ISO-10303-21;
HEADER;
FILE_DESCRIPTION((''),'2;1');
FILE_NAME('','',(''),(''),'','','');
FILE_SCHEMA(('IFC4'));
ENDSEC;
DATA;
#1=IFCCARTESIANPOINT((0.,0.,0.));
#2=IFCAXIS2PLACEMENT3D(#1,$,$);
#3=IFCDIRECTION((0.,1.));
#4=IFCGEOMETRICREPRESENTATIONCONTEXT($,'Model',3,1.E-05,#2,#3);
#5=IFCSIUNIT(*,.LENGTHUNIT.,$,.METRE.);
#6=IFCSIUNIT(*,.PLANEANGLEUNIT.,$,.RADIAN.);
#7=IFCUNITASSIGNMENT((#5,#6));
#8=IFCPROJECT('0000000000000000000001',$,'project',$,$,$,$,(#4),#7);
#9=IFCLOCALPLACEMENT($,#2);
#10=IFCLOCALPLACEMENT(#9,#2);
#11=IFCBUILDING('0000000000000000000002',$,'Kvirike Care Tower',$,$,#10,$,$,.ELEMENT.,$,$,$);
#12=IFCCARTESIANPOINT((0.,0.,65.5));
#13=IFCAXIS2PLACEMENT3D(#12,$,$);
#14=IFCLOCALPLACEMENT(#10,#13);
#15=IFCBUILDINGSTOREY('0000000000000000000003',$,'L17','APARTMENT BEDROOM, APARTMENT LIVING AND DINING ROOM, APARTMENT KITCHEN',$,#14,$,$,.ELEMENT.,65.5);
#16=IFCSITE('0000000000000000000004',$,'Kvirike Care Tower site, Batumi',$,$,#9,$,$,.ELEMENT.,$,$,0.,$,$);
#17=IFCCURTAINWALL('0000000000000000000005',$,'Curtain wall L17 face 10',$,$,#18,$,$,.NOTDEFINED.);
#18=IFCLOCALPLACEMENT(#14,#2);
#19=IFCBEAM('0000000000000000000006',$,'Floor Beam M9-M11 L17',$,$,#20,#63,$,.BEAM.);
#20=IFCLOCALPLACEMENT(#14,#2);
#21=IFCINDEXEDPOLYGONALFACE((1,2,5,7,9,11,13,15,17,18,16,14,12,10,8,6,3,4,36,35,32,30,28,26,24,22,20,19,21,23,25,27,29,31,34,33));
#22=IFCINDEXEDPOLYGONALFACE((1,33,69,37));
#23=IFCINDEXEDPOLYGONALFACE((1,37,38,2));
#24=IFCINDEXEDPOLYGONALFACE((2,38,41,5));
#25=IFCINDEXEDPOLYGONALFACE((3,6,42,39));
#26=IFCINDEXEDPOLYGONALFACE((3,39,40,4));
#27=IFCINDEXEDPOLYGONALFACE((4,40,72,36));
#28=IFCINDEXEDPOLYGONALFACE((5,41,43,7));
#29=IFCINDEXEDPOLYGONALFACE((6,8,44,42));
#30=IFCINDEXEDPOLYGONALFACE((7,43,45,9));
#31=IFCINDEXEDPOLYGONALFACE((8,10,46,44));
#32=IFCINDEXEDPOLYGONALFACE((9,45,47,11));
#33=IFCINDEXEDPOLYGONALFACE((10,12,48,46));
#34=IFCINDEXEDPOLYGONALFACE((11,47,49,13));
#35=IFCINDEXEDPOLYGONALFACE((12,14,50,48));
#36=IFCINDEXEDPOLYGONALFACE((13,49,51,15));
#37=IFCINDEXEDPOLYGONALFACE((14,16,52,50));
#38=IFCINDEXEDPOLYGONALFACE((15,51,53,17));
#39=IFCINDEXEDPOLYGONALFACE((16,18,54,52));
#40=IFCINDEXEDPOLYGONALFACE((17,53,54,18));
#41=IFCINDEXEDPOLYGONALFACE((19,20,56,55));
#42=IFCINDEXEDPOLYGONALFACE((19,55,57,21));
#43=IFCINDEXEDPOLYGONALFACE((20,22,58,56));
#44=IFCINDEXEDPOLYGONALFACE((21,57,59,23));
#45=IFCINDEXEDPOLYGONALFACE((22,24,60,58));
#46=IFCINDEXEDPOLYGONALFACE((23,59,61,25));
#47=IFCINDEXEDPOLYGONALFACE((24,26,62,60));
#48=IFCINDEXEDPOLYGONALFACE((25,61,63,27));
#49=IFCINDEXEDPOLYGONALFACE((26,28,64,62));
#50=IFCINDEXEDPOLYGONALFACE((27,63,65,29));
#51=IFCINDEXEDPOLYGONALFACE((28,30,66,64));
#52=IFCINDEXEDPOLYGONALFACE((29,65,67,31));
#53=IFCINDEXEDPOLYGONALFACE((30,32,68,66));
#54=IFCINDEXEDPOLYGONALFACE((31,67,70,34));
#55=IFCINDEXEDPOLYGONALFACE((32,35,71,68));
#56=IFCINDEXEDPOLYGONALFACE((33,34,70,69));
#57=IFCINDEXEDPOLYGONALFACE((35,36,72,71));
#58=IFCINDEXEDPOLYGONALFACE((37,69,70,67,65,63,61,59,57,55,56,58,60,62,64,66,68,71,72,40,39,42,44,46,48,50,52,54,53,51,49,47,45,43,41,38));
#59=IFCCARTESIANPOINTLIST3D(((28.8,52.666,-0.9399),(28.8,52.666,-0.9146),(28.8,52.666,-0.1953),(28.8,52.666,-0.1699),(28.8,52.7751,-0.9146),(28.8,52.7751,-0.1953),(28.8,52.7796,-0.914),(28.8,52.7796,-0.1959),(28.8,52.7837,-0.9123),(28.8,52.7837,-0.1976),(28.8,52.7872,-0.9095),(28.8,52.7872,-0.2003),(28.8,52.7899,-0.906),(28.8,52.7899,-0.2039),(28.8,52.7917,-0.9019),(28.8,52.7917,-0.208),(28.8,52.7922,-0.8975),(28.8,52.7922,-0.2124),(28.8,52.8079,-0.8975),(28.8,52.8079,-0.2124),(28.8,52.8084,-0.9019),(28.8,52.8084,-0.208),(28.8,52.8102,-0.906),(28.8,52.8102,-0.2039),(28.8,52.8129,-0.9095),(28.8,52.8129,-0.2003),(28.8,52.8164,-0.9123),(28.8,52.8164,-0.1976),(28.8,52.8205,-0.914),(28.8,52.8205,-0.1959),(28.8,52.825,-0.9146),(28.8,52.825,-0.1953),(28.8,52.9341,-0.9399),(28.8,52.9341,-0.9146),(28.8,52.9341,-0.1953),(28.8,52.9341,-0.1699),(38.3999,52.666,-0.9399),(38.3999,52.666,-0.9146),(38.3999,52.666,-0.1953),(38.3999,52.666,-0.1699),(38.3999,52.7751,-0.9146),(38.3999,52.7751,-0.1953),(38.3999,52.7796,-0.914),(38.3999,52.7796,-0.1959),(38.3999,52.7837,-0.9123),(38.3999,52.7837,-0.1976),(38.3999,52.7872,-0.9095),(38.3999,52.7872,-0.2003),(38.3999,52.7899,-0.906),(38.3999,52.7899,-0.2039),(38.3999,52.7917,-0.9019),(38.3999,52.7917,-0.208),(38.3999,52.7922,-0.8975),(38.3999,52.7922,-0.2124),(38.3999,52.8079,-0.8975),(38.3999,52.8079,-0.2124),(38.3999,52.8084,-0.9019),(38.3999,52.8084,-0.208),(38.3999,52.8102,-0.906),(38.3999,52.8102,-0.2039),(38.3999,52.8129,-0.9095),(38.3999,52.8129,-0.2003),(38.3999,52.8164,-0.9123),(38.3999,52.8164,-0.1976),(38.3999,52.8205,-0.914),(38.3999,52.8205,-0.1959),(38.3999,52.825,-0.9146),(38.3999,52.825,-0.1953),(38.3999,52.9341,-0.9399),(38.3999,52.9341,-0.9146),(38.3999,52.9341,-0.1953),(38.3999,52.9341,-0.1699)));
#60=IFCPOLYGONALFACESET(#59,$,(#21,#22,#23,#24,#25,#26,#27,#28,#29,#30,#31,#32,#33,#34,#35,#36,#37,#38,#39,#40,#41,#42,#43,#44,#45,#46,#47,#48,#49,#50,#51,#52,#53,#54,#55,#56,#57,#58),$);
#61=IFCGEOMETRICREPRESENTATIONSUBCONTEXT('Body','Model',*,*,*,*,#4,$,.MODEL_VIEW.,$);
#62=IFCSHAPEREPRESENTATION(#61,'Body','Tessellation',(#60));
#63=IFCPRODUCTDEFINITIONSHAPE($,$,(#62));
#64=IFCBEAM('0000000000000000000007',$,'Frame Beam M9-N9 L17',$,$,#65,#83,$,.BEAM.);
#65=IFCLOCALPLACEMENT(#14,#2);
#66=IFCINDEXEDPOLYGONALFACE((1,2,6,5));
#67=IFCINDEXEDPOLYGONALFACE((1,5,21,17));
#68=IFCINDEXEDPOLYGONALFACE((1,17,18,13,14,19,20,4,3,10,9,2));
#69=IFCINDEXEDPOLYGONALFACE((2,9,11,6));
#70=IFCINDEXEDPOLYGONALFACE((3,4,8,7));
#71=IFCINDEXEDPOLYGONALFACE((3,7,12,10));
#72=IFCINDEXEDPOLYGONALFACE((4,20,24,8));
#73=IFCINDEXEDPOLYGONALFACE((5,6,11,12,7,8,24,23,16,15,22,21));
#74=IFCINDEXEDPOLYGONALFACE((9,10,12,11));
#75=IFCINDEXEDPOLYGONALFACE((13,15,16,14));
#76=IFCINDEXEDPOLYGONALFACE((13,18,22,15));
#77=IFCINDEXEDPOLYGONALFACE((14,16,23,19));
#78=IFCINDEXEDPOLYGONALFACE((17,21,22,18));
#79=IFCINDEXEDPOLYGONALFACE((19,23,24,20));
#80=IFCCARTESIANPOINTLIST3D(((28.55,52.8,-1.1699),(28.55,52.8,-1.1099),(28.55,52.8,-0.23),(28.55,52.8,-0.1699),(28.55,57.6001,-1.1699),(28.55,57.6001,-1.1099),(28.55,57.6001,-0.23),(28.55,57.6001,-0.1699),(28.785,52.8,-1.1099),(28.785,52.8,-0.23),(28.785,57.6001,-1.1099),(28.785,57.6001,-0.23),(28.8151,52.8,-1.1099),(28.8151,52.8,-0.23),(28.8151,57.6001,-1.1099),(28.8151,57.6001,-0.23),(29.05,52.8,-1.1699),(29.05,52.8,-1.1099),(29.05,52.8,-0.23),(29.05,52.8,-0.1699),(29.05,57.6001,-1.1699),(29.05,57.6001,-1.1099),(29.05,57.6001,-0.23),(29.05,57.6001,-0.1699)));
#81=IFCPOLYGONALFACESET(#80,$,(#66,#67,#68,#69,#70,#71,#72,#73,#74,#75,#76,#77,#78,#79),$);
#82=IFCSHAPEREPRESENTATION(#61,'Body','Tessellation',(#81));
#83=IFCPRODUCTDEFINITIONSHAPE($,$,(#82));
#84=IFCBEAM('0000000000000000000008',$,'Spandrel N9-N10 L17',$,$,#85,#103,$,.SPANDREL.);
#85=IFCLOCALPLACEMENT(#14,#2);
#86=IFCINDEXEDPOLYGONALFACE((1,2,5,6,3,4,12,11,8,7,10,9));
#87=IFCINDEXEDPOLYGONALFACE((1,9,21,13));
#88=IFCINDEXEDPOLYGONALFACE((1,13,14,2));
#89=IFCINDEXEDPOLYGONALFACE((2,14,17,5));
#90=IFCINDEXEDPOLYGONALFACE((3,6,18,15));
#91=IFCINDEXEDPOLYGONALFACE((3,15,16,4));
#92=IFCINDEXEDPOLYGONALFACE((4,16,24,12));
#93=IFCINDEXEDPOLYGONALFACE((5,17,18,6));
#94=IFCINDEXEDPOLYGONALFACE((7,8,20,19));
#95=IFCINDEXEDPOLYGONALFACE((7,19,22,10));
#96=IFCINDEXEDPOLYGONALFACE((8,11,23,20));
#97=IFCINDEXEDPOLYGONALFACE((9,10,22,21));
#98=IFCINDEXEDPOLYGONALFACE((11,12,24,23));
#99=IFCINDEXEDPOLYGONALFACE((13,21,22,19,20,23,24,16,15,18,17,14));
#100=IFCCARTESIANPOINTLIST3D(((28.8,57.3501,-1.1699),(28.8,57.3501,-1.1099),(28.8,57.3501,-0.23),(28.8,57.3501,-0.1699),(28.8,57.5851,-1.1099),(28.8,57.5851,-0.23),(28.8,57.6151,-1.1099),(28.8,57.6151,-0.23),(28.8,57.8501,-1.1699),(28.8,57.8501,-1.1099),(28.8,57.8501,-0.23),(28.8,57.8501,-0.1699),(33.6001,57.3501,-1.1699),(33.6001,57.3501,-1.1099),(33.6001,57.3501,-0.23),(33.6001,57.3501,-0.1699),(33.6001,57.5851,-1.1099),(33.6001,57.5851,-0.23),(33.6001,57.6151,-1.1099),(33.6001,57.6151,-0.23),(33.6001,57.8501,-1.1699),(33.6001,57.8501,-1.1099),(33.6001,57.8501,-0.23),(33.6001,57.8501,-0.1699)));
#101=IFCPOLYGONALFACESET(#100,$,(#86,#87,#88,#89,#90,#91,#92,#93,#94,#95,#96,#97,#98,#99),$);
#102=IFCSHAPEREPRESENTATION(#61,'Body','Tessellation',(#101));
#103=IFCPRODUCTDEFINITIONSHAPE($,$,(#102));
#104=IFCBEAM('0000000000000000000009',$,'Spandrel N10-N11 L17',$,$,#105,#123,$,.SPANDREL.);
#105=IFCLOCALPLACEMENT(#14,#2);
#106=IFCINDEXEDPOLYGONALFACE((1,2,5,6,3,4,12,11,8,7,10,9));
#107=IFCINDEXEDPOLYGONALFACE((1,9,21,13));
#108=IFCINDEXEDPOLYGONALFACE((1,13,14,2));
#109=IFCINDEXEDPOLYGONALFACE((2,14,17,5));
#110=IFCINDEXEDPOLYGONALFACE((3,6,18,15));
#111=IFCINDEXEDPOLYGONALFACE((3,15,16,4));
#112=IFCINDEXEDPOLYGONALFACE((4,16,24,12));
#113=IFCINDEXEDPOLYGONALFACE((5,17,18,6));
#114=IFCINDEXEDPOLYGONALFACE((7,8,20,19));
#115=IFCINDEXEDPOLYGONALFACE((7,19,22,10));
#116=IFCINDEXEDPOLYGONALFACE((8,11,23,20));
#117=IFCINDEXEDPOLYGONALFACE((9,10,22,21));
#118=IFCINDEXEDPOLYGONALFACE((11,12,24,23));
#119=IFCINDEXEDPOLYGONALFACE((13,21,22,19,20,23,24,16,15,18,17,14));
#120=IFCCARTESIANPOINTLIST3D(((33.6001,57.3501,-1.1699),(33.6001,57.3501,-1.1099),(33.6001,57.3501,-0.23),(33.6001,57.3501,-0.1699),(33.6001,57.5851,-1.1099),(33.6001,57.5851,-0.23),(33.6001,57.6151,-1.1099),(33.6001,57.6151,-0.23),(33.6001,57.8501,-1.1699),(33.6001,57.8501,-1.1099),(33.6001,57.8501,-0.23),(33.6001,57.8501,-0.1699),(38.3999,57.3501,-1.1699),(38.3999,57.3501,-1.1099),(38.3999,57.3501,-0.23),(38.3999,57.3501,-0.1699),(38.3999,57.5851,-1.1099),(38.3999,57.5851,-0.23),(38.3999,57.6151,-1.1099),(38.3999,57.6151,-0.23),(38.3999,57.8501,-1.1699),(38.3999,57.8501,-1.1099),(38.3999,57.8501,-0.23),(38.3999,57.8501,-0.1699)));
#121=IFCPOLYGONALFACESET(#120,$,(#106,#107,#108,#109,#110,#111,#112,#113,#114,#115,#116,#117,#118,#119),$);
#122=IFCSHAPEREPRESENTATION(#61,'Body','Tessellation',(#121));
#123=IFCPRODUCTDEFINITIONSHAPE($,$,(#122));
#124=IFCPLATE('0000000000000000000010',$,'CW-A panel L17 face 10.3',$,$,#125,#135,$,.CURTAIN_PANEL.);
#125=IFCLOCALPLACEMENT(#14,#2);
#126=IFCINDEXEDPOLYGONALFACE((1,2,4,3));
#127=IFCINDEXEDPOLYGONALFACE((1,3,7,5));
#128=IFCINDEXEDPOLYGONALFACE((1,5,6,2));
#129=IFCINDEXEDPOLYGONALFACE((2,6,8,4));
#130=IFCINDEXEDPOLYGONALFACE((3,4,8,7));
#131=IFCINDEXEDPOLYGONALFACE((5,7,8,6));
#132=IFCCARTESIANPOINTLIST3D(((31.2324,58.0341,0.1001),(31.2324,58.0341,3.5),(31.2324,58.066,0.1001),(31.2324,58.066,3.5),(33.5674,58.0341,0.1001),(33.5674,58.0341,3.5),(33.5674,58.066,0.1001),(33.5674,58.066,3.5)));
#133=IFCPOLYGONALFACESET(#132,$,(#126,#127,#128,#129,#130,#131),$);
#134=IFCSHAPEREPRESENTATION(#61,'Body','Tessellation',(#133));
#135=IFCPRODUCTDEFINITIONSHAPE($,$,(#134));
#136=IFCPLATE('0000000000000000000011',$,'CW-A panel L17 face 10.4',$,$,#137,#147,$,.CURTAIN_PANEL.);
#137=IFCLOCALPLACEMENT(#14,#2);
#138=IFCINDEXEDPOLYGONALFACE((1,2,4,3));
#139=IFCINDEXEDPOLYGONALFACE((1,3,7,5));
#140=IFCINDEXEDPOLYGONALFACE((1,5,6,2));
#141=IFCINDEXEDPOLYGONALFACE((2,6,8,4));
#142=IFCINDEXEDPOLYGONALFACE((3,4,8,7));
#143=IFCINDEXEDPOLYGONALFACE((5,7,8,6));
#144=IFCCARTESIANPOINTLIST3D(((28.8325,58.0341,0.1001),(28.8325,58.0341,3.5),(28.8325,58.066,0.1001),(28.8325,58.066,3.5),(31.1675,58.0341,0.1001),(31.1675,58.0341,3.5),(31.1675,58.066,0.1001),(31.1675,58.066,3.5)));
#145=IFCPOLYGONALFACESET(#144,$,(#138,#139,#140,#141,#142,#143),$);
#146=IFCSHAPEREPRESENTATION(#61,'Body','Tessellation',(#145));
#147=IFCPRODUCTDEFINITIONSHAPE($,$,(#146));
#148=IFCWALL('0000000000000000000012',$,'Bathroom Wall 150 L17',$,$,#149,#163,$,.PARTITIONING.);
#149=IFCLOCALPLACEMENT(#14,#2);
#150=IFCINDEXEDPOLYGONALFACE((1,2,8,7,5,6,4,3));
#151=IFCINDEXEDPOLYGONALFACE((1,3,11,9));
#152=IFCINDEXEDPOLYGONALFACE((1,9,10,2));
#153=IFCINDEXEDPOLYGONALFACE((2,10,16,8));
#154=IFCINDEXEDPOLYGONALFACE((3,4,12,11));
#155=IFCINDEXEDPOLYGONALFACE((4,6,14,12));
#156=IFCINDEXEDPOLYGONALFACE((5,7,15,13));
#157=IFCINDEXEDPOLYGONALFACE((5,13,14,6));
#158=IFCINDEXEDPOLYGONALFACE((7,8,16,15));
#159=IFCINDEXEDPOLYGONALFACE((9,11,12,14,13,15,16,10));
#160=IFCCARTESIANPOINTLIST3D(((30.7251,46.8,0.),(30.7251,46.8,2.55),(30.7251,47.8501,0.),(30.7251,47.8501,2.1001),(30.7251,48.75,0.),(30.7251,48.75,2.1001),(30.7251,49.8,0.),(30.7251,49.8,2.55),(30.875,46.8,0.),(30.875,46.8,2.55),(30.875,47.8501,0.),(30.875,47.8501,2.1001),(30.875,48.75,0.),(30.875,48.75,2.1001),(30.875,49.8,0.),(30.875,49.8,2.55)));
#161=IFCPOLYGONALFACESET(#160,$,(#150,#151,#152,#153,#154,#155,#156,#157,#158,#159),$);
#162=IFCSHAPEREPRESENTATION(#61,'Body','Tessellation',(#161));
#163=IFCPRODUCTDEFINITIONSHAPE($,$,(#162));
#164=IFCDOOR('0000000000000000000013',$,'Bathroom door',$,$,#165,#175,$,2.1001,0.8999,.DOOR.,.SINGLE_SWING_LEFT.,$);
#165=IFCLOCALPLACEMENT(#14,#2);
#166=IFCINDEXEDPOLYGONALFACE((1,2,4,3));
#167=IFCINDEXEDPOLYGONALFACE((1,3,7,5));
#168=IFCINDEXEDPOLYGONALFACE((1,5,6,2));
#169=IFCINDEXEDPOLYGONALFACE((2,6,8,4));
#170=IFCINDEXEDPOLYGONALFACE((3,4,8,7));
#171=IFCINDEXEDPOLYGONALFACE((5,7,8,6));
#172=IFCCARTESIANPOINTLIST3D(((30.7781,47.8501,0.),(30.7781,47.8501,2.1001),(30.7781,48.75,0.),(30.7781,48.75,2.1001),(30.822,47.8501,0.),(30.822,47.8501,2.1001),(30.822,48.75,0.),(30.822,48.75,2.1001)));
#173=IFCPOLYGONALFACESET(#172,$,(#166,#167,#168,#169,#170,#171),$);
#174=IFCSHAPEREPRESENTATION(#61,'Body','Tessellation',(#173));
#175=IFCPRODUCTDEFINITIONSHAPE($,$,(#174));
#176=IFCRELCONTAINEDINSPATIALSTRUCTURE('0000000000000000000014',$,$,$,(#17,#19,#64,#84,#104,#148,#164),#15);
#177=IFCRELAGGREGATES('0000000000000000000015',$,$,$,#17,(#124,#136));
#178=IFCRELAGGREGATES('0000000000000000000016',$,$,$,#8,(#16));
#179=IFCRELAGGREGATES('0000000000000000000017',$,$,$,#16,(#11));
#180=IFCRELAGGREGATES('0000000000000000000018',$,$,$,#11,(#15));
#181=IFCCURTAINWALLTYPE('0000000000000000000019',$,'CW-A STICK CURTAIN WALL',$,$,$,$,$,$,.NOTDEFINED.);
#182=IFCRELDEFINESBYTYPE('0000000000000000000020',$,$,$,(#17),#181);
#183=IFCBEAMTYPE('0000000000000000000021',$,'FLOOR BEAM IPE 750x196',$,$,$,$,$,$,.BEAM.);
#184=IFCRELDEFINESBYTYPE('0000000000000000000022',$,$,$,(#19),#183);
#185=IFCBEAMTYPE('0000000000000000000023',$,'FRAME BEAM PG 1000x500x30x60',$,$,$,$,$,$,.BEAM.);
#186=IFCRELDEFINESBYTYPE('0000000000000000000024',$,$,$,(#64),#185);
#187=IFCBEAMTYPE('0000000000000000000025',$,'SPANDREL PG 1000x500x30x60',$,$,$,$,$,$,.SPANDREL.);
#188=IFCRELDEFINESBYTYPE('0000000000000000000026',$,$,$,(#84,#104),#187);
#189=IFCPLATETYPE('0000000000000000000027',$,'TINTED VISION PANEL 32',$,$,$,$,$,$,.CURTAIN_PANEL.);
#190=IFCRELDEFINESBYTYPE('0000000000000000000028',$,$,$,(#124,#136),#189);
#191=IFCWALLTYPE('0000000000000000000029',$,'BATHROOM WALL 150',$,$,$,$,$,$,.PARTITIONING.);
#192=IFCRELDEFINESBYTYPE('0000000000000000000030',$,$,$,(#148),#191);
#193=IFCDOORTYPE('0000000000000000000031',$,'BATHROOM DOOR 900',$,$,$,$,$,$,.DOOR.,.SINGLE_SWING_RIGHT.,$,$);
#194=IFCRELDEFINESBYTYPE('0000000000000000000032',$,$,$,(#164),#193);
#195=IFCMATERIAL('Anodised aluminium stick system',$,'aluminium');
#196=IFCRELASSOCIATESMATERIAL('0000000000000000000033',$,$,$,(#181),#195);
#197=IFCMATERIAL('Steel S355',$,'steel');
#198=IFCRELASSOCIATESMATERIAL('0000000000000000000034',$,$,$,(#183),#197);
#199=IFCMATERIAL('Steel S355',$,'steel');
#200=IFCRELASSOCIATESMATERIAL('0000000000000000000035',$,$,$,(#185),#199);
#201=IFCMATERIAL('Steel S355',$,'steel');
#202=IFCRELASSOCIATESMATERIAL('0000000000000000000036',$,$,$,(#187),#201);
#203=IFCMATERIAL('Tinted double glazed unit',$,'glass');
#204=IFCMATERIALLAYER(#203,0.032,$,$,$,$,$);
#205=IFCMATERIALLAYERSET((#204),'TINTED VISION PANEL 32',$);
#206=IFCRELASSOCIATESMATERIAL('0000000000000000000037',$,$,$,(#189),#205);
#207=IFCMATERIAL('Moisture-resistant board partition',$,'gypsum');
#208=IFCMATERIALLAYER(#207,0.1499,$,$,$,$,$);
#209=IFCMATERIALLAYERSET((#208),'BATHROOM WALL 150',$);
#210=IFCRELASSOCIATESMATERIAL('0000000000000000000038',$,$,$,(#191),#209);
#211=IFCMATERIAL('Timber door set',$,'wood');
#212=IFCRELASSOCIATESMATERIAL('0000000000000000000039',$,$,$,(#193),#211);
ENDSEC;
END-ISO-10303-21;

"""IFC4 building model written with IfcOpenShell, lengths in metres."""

from ifc_helpers import new_model, si_unit, direction, frame, frame_2d, origin, origin_2d, place, context, subcontext, project, spatial, rectangle, i_section, extrude, material, layer, layer_set, material_profile, profile_set, type_object, element, fill, aggregate, save


model = new_model("IFC4")

# Units and contexts
model_context = context("Model", 3, precision=1e-05, world=origin(), true_north=direction((0.0, 1.0)))
body_context = subcontext(model_context, "Body", "Model", "MODEL_VIEW")
ifc_project = project(units=[si_unit("LENGTHUNIT", "METRE"), si_unit("PLANEANGLEUNIT", "RADIAN")], contexts=[model_context])

# Site, building, storey
site_placement = place(None, origin())
site = spatial("IfcSite", under=ifc_project, at=site_placement, Name="Kvirike Care Tower site, Batumi", CompositionType="ELEMENT", RefElevation=0.0)
building_placement = place(site_placement, origin())
building = spatial("IfcBuilding", under=site, at=building_placement, Name="Kvirike Care Tower", CompositionType="ELEMENT")
storey_placement = place(building_placement, frame((0.0, 0.0, 65.5)))
storey = spatial("IfcBuildingStorey", under=building, at=storey_placement, Name="L17", Description="APARTMENT BEDROOM, APARTMENT LIVING AND DINING ROOM, APARTMENT KITCHEN", CompositionType="ELEMENT", Elevation=65.5)

# Curtain wall
ifc_material_1 = material(Name="Anodised aluminium stick system", Category="aluminium")
curtain_wall_type = type_object("IfcCurtainWallType", Name="CW-A STICK CURTAIN WALL", PredefinedType="NOTDEFINED", material=ifc_material_1)
curtain_wall_placement = place(storey_placement, origin())
curtain_wall = element("IfcCurtainWall", 1, at=curtain_wall_placement, inside=storey, type_object=curtain_wall_type, Name="Curtain wall L17 face 10", PredefinedType="NOTDEFINED")

# Beams
ifc_material_2 = material(Name="Steel S355", Category="steel")
ifc_material_profile_1 = material_profile(ifc_material_2, i_section(OverallWidth=0.2681, OverallDepth=0.77, WebThickness=0.0156, FlangeThickness=0.0254, FilletRadius=0.0171, at=origin_2d()), Name="IPE 750x196")
ifc_profile_set_1 = profile_set([ifc_material_profile_1], Name="Steel S355")
beam_type_1 = type_object("IfcBeamType", Name="FLOOR BEAM IPE 750x196", PredefinedType="BEAM", material=ifc_profile_set_1)
beam_1_placement = place(storey_placement, frame((28.8, 52.8, -0.5549), z_axis=(1.0, 0.0, 0.0), x_axis=(0.0, 1.0, 0.0)))
element("IfcBeam", 2, at=beam_1_placement, inside=storey, type_object=beam_type_1, Name="Floor Beam M9-M11 L17", PredefinedType="BEAM", context=body_context, shape_type="SweptSolid", body=[
    extrude(i_section(OverallWidth=0.2681, OverallDepth=0.77, WebThickness=0.0156, FlangeThickness=0.0254, FilletRadius=0.0171, at=origin_2d()), origin(), (0.0, 0.0, 1.0), 9.5999),
])
ifc_material_3 = material(Name="Steel S355", Category="steel")
ifc_material_profile_2 = material_profile(ifc_material_3, i_section(OverallWidth=0.5, OverallDepth=1.0, WebThickness=0.03, FlangeThickness=0.0601, at=origin_2d()), Name="PG 1000x500x30x60")
ifc_profile_set_2 = profile_set([ifc_material_profile_2], Name="Steel S355")
beam_type_2 = type_object("IfcBeamType", Name="FRAME BEAM PG 1000x500x30x60", PredefinedType="BEAM", material=ifc_profile_set_2)
beam_2_placement = place(storey_placement, frame((28.8, 52.8, -0.6699), z_axis=(0.0, 1.0, 0.0), x_axis=(-1.0, 0.0, 0.0)))
element("IfcBeam", 3, at=beam_2_placement, inside=storey, type_object=beam_type_2, Name="Frame Beam M9-N9 L17", PredefinedType="BEAM", context=body_context, shape_type="SweptSolid", body=[
    extrude(i_section(OverallWidth=0.5, OverallDepth=1.0, WebThickness=0.03, FlangeThickness=0.0601, at=origin_2d()), origin(), (0.0, 0.0, 1.0), 4.8),
])
ifc_material_4 = material(Name="Steel S355", Category="steel")
ifc_material_profile_3 = material_profile(ifc_material_4, i_section(OverallWidth=0.5, OverallDepth=1.0, WebThickness=0.03, FlangeThickness=0.0601, at=origin_2d()), Name="PG 1000x500x30x60")
ifc_profile_set_3 = profile_set([ifc_material_profile_3], Name="Steel S355")
beam_type_3 = type_object("IfcBeamType", Name="SPANDREL PG 1000x500x30x60", PredefinedType="SPANDREL", material=ifc_profile_set_3)
beam_3_placement = place(storey_placement, frame((28.8, 57.6001, -0.6699), z_axis=(1.0, 0.0, 0.0), x_axis=(0.0, 1.0, 0.0)))
element("IfcBeam", 4, at=beam_3_placement, inside=storey, type_object=beam_type_3, Name="Spandrel N9-N10 L17", PredefinedType="SPANDREL", context=body_context, shape_type="SweptSolid", body=[
    extrude(i_section(OverallWidth=0.5, OverallDepth=1.0, WebThickness=0.03, FlangeThickness=0.0601, at=origin_2d()), origin(), (0.0, 0.0, 1.0), 4.8),
])
beam_4_placement = place(storey_placement, frame((33.6001, 57.6001, -0.6699), z_axis=(1.0, 0.0, 0.0), x_axis=(0.0, 1.0, 0.0)))
element("IfcBeam", 5, at=beam_4_placement, inside=storey, type_object=beam_type_3, Name="Spandrel N10-N11 L17", PredefinedType="SPANDREL", context=body_context, shape_type="SweptSolid", body=[
    extrude(i_section(OverallWidth=0.5, OverallDepth=1.0, WebThickness=0.03, FlangeThickness=0.0601, at=origin_2d()), origin(), (0.0, 0.0, 1.0), 4.7998),
])

# Plates
ifc_material_5 = material(Name="Tinted double glazed unit", Category="glass")
ifc_layer_1 = layer(ifc_material_5, 0.032)
ifc_layer_set_1 = layer_set([ifc_layer_1], Name="TINTED VISION PANEL 32")
plate_type = type_object("IfcPlateType", Name="TINTED VISION PANEL 32", PredefinedType="CURTAIN_PANEL", material=ifc_layer_set_1)
plate_1_placement = place(storey_placement, frame((32.3999, 58.05, 0.1001), z_axis=(0.0, 0.0, 1.0), x_axis=(-1.0, 0.0, 0.0)))
plate_1 = element("IfcPlate", 6, at=plate_1_placement, type_object=plate_type, Name="CW-A panel L17 face 10.3", PredefinedType="CURTAIN_PANEL", context=body_context, shape_type="SweptSolid", body=[
    extrude(rectangle(XDim=2.335, YDim=0.032, at=origin_2d()), origin(), (0.0, 0.0, 1.0), 3.3999),
])
plate_2_placement = place(storey_placement, frame((30.0, 58.05, 0.1001), z_axis=(0.0, 0.0, 1.0), x_axis=(-1.0, 0.0, 0.0)))
plate_2 = element("IfcPlate", 7, at=plate_2_placement, type_object=plate_type, Name="CW-A panel L17 face 10.4", PredefinedType="CURTAIN_PANEL", context=body_context, shape_type="SweptSolid", body=[
    extrude(rectangle(XDim=2.335, YDim=0.032, at=origin_2d()), origin(), (0.0, 0.0, 1.0), 3.3999),
])
aggregate(curtain_wall, [plate_1, plate_2])

# Wall, opening, door
ifc_material_6 = material(Name="Moisture-resistant board partition", Category="gypsum")
ifc_layer_2 = layer(ifc_material_6, 0.1499)
ifc_layer_set_2 = layer_set([ifc_layer_2], Name="BATHROOM WALL 150")
wall_type_1 = type_object("IfcWallType", Name="BATHROOM WALL 150", PredefinedType="PARTITIONING", material=ifc_layer_set_2)
wall_1_placement = place(storey_placement, frame((30.8, 49.8, 0.0), z_axis=(0.0, 0.0, 1.0), x_axis=(0.0, -1.0, 0.0)))
wall_1 = element("IfcWall", 8, at=wall_1_placement, inside=storey, type_object=wall_type_1, Name="Bathroom Wall 150 L17", PredefinedType="PARTITIONING", context=body_context, shape_type="SweptSolid", body=[
    extrude(rectangle(XDim=3.0, YDim=0.1499, at=frame_2d((1.5, 0.0))), origin(), (0.0, 0.0, 1.0), 2.55),
])
opening_1_placement = place(wall_1_placement, frame((1.05, 0.0, 0.0)))
opening_1 = element("IfcOpeningElement", 9, at=opening_1_placement, cuts=wall_1, PredefinedType="OPENING", context=body_context, shape_type="SweptSolid", body=[
    extrude(rectangle(XDim=0.8999, YDim=2.1001, at=frame_2d((0.45, 1.05))), frame((0.0, 0.0854, 0.0), z_axis=(0.0, -1.0, 0.0), x_axis=(1.0, 0.0, 0.0)), (0.0, 0.0, 1.0), 0.1709),
])
ifc_material_7 = material(Name="Timber door set", Category="wood")
door_type_1 = type_object("IfcDoorType", Name="BATHROOM DOOR 900", OperationType="SINGLE_SWING_RIGHT", PredefinedType="DOOR", material=ifc_material_7)
door_1_placement = place(opening_1_placement, origin())
door_1 = element("IfcDoor", 10, at=door_1_placement, inside=storey, type_object=door_type_1, Name="Bathroom door", OperationType="SINGLE_SWING_LEFT", OverallHeight=2.1001, OverallWidth=0.8999, PredefinedType="DOOR", context=body_context, shape_type="SweptSolid", body=[
    extrude(rectangle(XDim=0.8999, YDim=2.1001, at=frame_2d((0.45, 1.05))), frame((0.0, 0.022, 0.0), z_axis=(0.0, -1.0, 0.0), x_axis=(1.0, 0.0, 0.0)), (0.0, 0.0, 1.0), 0.0439),
])
fill(opening_1, door_1)

save(model, "model.ifc")
